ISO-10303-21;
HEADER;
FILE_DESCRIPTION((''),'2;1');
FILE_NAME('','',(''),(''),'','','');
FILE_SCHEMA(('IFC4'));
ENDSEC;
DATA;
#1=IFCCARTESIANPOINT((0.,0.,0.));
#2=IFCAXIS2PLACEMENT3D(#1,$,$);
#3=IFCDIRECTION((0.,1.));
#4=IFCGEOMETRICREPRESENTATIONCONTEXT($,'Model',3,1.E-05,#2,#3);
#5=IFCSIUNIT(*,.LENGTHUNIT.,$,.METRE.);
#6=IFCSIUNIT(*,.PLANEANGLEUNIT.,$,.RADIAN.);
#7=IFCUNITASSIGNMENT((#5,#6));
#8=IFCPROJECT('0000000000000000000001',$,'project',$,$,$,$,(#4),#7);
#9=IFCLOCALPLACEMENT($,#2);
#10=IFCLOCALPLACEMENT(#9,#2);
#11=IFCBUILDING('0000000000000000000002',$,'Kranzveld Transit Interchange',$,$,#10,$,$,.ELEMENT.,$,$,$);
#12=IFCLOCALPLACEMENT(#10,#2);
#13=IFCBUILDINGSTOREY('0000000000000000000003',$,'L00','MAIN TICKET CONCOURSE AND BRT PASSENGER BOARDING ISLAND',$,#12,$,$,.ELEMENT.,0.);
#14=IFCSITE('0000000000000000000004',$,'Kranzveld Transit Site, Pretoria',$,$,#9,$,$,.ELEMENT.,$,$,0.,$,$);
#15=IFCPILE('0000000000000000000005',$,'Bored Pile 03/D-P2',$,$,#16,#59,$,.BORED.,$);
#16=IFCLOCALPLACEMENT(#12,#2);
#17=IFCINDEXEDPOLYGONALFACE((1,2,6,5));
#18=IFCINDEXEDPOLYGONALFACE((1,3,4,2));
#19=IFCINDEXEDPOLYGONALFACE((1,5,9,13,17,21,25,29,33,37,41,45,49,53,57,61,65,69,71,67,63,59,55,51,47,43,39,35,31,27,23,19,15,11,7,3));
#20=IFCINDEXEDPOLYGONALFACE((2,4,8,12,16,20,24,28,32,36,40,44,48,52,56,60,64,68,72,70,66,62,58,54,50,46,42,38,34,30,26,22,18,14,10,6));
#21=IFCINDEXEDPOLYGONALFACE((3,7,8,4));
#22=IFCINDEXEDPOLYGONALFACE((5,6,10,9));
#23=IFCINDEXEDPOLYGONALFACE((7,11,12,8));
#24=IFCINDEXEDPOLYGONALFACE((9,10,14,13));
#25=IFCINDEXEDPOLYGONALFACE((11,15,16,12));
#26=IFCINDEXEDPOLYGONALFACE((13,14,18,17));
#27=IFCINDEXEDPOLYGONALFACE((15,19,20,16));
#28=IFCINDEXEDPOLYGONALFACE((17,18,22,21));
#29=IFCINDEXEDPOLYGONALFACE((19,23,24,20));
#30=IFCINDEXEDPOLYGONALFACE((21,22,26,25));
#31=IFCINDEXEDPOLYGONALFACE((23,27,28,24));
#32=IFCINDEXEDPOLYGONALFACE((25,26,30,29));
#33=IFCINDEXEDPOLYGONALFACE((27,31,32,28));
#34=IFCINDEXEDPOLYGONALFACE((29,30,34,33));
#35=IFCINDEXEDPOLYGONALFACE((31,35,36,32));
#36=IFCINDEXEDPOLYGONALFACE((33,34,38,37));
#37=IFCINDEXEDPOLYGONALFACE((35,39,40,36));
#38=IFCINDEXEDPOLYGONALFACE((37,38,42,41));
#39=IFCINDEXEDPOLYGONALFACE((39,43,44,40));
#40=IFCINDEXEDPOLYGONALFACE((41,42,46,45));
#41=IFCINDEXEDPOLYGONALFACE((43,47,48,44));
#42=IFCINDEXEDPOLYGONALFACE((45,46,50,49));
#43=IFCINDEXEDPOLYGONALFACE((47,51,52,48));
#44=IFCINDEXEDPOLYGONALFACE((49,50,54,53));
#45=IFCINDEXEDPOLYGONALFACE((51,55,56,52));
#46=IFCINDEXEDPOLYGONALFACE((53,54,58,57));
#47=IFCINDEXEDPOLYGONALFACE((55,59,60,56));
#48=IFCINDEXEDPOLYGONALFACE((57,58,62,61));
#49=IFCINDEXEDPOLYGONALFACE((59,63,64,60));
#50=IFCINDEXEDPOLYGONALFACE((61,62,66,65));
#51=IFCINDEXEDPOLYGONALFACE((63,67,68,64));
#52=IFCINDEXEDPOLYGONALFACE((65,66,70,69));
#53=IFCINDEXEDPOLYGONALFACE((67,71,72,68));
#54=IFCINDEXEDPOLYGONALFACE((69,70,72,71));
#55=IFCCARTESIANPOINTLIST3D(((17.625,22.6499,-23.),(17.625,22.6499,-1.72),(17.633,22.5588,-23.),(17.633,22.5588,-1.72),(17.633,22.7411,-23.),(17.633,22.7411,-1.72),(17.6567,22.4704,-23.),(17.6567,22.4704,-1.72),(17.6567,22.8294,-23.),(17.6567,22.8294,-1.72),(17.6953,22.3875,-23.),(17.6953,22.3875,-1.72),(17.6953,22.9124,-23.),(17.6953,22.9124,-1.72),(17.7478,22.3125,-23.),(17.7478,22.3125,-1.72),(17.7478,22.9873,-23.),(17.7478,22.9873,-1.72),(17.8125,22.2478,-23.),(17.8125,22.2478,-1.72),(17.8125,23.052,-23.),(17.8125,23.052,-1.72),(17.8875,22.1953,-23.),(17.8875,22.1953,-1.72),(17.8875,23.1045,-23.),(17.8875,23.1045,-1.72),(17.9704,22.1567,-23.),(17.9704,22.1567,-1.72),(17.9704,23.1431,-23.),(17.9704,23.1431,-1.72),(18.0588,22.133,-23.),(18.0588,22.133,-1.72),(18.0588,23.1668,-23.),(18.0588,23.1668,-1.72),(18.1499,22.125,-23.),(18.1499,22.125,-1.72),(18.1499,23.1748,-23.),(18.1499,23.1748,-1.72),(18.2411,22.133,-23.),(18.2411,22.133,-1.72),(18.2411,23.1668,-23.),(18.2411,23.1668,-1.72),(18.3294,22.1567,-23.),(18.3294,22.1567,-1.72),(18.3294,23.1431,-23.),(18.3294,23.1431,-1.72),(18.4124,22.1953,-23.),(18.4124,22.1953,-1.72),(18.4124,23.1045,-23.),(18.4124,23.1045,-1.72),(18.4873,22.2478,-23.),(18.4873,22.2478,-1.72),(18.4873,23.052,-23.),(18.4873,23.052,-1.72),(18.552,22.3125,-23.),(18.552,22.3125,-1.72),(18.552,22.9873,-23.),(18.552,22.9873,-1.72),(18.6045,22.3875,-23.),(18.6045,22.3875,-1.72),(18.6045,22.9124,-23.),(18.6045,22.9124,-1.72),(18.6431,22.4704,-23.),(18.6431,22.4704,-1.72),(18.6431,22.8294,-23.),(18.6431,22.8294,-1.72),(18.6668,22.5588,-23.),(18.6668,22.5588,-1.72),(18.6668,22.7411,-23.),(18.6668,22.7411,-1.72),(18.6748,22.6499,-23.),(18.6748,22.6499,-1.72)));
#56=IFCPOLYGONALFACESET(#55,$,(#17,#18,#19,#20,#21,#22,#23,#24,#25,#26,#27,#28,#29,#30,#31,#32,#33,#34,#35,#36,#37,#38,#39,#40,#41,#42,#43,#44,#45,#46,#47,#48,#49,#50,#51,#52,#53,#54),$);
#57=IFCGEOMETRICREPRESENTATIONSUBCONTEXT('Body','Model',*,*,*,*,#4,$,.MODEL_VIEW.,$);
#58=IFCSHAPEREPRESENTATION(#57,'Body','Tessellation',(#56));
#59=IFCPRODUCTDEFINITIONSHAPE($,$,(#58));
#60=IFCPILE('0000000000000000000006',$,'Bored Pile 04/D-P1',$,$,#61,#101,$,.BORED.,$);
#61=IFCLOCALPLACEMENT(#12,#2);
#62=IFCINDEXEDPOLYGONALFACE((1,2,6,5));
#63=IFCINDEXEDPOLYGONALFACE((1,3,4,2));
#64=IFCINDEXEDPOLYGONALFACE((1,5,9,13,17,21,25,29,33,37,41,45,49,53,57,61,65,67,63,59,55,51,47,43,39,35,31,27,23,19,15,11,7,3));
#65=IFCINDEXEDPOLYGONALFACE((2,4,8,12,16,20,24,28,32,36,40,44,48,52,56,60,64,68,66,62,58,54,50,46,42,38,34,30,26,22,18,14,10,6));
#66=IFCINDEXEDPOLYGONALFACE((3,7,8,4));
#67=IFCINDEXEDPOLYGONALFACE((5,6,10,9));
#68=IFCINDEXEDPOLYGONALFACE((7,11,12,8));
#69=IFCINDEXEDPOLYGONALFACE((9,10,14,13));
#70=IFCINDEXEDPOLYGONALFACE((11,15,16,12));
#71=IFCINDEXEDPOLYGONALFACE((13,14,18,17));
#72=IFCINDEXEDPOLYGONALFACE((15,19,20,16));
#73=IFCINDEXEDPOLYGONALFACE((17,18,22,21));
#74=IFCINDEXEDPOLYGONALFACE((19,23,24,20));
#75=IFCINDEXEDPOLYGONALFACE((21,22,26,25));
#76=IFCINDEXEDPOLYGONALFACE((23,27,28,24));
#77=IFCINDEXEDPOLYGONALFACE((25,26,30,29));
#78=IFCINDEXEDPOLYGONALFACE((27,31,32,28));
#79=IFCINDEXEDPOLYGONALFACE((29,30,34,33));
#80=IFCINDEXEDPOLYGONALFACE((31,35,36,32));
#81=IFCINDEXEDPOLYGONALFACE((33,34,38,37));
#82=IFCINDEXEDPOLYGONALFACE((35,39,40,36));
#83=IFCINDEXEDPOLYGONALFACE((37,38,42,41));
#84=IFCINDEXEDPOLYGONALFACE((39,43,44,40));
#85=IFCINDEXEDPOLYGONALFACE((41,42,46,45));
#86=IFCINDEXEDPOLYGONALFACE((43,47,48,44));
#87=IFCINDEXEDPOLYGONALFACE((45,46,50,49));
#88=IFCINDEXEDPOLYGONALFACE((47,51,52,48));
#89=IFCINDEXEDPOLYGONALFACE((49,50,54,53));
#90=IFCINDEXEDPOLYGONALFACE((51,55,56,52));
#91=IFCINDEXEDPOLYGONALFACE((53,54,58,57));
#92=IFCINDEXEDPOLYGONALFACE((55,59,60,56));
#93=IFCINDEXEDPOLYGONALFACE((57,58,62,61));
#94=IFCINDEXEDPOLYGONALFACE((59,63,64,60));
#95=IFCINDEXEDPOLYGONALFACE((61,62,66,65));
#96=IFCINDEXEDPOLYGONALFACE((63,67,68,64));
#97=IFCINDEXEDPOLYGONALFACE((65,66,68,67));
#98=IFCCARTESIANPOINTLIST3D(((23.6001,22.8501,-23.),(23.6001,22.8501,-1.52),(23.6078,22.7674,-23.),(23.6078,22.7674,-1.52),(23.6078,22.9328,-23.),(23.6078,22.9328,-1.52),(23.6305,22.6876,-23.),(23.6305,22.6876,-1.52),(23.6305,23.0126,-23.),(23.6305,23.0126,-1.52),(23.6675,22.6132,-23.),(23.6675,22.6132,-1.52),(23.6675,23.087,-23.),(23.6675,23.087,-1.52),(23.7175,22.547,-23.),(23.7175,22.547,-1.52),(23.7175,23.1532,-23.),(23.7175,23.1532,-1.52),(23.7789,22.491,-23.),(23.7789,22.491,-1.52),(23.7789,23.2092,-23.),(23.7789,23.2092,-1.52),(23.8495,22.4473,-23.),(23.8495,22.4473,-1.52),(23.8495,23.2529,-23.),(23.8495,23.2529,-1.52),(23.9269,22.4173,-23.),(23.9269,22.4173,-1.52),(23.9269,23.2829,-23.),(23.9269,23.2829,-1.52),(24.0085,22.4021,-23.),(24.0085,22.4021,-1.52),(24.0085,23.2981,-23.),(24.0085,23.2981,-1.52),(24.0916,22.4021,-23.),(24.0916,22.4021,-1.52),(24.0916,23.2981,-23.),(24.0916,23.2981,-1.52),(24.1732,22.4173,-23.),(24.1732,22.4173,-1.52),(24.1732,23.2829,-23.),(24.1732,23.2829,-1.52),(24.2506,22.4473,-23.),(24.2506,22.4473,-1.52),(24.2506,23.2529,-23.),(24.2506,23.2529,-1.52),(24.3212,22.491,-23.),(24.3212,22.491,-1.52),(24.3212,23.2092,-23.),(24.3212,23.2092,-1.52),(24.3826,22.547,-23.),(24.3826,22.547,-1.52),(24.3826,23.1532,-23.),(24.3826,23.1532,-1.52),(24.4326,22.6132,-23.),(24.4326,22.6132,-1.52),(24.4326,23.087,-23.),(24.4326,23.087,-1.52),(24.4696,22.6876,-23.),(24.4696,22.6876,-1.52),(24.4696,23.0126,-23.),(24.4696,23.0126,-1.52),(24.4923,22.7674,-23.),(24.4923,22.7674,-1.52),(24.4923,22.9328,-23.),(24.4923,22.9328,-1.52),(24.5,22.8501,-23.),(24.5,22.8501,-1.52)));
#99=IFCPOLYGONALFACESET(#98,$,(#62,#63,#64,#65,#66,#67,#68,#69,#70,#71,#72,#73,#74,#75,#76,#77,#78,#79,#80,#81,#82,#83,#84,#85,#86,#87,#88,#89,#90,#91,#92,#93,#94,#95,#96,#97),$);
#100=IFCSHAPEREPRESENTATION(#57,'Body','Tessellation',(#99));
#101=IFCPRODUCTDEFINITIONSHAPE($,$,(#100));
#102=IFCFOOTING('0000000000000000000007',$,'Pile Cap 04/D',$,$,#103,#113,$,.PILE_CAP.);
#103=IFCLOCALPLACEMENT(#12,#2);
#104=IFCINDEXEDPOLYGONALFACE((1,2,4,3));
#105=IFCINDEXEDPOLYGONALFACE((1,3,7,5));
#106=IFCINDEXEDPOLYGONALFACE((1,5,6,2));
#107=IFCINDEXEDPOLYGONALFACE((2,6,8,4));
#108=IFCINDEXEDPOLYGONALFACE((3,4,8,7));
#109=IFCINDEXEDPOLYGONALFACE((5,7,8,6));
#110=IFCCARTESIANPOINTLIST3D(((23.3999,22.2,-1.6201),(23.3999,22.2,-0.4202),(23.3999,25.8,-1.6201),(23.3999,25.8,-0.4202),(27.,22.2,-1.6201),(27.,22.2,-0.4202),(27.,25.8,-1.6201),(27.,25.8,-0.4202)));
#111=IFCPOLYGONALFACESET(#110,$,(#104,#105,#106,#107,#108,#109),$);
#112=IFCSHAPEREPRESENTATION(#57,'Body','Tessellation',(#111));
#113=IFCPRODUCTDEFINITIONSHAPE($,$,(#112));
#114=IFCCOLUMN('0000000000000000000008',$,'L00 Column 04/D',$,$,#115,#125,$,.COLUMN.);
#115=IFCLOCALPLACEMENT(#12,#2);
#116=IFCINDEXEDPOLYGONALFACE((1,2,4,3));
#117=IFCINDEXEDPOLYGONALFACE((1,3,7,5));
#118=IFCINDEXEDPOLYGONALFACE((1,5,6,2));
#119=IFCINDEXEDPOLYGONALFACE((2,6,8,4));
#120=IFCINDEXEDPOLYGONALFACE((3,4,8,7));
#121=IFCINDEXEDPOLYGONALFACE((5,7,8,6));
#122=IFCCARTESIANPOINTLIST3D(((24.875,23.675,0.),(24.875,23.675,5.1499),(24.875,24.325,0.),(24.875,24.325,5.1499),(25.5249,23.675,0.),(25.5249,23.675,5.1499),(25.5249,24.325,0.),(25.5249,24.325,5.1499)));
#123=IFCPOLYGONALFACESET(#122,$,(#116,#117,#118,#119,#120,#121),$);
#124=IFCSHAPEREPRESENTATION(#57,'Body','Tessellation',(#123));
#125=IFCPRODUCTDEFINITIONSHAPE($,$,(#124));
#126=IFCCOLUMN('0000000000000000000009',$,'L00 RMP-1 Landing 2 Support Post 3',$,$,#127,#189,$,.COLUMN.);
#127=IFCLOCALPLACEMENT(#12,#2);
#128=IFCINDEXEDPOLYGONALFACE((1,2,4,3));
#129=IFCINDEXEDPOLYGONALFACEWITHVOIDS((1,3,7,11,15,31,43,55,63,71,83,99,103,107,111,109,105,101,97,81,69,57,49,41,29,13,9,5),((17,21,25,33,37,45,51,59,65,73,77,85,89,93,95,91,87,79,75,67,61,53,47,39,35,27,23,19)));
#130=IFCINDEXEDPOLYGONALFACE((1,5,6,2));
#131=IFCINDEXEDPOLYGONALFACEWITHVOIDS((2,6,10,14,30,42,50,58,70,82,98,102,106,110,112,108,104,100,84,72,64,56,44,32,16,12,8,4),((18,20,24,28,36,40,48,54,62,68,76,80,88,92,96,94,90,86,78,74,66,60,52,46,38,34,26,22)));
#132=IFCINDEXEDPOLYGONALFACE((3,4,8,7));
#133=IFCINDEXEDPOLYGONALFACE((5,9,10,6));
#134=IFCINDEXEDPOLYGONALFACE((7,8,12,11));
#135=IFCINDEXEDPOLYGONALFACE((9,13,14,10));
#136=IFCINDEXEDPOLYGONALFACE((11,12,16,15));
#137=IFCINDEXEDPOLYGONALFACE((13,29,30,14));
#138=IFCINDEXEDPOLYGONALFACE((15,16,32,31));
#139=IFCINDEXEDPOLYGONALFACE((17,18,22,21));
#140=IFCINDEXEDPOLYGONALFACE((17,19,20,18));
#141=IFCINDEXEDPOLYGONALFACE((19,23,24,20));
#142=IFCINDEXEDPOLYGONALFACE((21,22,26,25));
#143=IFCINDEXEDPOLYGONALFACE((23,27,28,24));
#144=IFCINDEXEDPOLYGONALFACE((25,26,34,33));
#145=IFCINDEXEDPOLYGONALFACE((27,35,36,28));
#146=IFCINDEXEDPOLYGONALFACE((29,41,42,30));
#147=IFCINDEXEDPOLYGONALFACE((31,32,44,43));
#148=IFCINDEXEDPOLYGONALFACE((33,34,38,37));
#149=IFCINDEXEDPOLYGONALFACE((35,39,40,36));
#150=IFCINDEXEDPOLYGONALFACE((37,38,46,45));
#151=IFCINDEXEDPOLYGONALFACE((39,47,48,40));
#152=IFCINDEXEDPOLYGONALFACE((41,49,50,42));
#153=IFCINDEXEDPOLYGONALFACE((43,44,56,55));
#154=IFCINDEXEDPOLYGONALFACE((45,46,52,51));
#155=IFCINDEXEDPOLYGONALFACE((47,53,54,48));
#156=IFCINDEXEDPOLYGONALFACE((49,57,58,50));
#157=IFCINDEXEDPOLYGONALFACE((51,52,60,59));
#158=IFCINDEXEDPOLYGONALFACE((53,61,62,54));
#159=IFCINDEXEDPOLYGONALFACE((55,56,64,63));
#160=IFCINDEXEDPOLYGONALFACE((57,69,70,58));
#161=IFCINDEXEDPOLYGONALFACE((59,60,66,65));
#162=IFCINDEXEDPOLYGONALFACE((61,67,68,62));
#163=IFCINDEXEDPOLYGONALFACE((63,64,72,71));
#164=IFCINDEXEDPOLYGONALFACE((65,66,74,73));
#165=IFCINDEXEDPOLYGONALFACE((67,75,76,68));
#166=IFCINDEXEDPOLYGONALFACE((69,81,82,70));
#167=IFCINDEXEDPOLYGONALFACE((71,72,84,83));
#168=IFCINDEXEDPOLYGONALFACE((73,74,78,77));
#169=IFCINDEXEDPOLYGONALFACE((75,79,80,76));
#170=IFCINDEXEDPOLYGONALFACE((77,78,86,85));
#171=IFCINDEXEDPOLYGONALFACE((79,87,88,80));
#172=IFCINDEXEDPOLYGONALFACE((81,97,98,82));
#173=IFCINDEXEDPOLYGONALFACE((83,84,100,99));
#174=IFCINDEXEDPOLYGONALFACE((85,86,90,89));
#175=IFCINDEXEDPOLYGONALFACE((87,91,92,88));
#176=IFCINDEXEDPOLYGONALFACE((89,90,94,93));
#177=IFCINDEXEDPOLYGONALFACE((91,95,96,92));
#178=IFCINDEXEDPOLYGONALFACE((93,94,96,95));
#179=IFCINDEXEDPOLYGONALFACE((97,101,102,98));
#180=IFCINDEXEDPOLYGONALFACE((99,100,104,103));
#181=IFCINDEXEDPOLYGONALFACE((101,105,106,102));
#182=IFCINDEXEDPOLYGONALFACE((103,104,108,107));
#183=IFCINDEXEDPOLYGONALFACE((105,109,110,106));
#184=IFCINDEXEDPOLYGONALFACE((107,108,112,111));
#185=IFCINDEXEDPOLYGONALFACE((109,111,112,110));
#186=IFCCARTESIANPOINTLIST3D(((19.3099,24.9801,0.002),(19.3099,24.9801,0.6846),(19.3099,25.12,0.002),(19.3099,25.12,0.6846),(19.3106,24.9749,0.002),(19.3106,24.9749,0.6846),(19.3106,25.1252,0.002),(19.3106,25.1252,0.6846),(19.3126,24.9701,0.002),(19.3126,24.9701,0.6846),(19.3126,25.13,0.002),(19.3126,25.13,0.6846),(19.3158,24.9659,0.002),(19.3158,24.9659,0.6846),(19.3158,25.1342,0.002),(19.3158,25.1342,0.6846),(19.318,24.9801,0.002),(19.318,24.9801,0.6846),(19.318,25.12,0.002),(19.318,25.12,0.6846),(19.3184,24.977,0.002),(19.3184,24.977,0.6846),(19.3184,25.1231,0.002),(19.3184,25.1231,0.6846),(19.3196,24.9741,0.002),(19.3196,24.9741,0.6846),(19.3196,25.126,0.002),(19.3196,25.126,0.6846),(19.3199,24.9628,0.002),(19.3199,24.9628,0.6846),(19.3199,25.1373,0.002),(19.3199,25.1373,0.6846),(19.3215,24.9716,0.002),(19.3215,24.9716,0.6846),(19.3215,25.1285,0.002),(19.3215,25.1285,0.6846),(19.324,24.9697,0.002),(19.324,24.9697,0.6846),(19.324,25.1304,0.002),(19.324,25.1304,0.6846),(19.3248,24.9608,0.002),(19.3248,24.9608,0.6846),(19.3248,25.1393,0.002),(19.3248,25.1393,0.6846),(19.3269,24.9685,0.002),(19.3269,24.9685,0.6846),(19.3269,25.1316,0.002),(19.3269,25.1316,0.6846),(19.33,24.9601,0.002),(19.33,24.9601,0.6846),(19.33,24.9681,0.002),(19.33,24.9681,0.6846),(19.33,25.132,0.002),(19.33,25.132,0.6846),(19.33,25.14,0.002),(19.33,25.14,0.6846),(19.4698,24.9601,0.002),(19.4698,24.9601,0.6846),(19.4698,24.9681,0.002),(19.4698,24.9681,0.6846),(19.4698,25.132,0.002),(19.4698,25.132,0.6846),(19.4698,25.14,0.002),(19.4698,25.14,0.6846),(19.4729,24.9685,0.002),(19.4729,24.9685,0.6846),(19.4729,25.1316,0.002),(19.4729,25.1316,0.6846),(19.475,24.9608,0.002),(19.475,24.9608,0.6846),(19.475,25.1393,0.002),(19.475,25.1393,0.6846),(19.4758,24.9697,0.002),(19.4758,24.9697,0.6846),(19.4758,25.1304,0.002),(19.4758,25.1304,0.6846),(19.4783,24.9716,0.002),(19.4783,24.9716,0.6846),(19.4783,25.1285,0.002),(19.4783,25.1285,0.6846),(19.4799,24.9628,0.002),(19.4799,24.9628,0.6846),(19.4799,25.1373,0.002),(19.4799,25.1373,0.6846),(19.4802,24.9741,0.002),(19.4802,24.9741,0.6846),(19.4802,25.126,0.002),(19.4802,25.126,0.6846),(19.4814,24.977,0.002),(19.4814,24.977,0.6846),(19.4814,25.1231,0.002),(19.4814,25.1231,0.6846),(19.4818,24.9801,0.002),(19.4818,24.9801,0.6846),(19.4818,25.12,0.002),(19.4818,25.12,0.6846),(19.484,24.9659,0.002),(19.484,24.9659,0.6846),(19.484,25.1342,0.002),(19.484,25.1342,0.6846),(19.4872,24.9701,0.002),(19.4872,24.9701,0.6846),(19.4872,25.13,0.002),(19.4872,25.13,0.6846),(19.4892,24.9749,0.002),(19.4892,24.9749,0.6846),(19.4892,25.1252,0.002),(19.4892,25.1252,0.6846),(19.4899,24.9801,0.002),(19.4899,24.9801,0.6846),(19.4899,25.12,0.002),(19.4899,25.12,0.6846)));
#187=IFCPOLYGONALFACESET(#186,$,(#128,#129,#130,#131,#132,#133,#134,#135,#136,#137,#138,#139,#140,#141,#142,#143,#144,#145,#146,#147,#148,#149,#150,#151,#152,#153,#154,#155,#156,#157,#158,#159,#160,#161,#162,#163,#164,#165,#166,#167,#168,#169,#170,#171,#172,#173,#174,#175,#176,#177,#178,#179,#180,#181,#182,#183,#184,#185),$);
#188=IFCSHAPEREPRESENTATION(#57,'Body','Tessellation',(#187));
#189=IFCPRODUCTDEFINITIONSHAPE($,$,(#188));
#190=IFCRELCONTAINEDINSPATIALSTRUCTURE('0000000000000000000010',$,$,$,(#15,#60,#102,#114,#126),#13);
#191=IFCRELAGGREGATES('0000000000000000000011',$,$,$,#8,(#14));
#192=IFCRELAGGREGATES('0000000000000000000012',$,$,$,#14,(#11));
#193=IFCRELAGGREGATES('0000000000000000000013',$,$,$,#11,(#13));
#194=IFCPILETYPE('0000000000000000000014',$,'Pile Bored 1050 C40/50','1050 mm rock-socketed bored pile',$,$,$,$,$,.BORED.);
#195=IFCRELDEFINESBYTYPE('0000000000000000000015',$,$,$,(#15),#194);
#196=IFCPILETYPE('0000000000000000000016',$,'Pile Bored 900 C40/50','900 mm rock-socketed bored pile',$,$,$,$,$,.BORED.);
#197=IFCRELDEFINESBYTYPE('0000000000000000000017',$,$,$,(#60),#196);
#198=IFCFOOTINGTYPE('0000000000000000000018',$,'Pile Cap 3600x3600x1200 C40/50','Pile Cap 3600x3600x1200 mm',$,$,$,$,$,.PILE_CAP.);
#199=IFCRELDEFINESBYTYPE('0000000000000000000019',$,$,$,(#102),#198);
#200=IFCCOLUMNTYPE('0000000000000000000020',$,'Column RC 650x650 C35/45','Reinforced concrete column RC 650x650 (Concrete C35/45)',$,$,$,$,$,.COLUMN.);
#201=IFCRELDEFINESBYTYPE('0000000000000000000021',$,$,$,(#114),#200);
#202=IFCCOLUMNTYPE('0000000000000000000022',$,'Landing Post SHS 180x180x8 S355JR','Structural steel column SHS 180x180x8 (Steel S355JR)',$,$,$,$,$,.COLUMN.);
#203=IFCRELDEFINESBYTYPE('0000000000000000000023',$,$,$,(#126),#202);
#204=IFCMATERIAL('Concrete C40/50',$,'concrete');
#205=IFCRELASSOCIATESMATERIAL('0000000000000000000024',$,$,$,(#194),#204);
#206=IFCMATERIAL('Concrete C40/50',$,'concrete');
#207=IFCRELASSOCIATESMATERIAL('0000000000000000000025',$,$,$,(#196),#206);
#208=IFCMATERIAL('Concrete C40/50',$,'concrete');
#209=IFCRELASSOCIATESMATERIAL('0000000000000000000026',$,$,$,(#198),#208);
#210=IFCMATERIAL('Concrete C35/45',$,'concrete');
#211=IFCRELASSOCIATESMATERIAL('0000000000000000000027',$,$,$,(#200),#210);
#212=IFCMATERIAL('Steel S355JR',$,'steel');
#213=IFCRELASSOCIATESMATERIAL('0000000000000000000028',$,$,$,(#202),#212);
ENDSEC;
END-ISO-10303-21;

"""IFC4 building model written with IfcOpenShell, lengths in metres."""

from ifc_helpers import new_model, si_unit, direction, frame, origin, origin_2d, place, context, subcontext, project, spatial, rectangle, hollow_rectangle, circle, extrude, material, material_profile, profile_set, type_object, element, save


model = new_model("IFC4")

# Units and contexts
model_context = context("Model", 3, precision=1e-05, world=origin(), true_north=direction((0.0, 1.0)))
body_context = subcontext(model_context, "Body", "Model", "MODEL_VIEW")
ifc_project = project(units=[si_unit("LENGTHUNIT", "METRE"), si_unit("PLANEANGLEUNIT", "RADIAN")], contexts=[model_context])

# Site, building, storey
site_placement = place(None, origin())
site = spatial("IfcSite", under=ifc_project, at=site_placement, Name="Kranzveld Transit Site, Pretoria", CompositionType="ELEMENT", RefElevation=0.0)
building_placement = place(site_placement, origin())
building = spatial("IfcBuilding", under=site, at=building_placement, Name="Kranzveld Transit Interchange", CompositionType="ELEMENT")
storey_placement = place(building_placement, origin())
storey = spatial("IfcBuildingStorey", under=building, at=storey_placement, Name="L00", Description="MAIN TICKET CONCOURSE AND BRT PASSENGER BOARDING ISLAND", CompositionType="ELEMENT", Elevation=0.0)

# Piles
ifc_material_1 = material(Name="Concrete C40/50", Category="concrete")
ifc_material_profile_1 = material_profile(ifc_material_1, circle(Radius=0.5249, at=origin_2d()), Name="BORED PILE 1050")
ifc_profile_set_1 = profile_set([ifc_material_profile_1], Name="Concrete C40/50")
pile_type_1 = type_object("IfcPileType", Name="Pile Bored 1050 C40/50", Description="1050 mm rock-socketed bored pile", PredefinedType="BORED", material=ifc_profile_set_1)
pile_1_placement = place(storey_placement, frame((18.1499, 22.6499, -1.72), z_axis=(0.0, 0.0, -1.0), x_axis=(1.0, 0.0, 0.0)))
element("IfcPile", 1, at=pile_1_placement, inside=storey, type_object=pile_type_1, Name="Bored Pile 03/D-P2", PredefinedType="BORED", context=body_context, shape_type="SweptSolid", body=[
    extrude(circle(Radius=0.5249, at=origin_2d()), origin(), (0.0, 0.0, 1.0), 21.28),
])
ifc_material_2 = material(Name="Concrete C40/50", Category="concrete")
ifc_material_profile_2 = material_profile(ifc_material_2, circle(Radius=0.45, at=origin_2d()), Name="BORED PILE 900")
ifc_profile_set_2 = profile_set([ifc_material_profile_2], Name="Concrete C40/50")
pile_type_2 = type_object("IfcPileType", Name="Pile Bored 900 C40/50", Description="900 mm rock-socketed bored pile", PredefinedType="BORED", material=ifc_profile_set_2)
pile_2_placement = place(storey_placement, frame((24.05, 22.8501, -1.52), z_axis=(0.0, 0.0, -1.0), x_axis=(1.0, 0.0, 0.0)))
element("IfcPile", 2, at=pile_2_placement, inside=storey, type_object=pile_type_2, Name="Bored Pile 04/D-P1", PredefinedType="BORED", context=body_context, shape_type="SweptSolid", body=[
    extrude(circle(Radius=0.45, at=origin_2d()), origin(), (0.0, 0.0, 1.0), 21.48),
])

# Footing
ifc_material_3 = material(Name="Concrete C40/50", Category="concrete")
footing_type = type_object("IfcFootingType", Name="Pile Cap 3600x3600x1200 C40/50", Description="Pile Cap 3600x3600x1200 mm", PredefinedType="PILE_CAP", material=ifc_material_3)
footing_placement = place(storey_placement, frame((25.2, 24.0, -1.6201), z_axis=(0.0, 0.0, 1.0), x_axis=(1.0, 0.0, 0.0)))
element("IfcFooting", 3, at=footing_placement, inside=storey, type_object=footing_type, Name="Pile Cap 04/D", PredefinedType="PILE_CAP", context=body_context, shape_type="SweptSolid", body=[
    extrude(rectangle(XDim=3.6001, YDim=3.6001, at=origin_2d()), origin(), (0.0, 0.0, 1.0), 1.2),
])

# Columns
ifc_material_4 = material(Name="Concrete C35/45", Category="concrete")
ifc_material_profile_3 = material_profile(ifc_material_4, rectangle(XDim=0.6499, YDim=0.6499, at=origin_2d()), Name="RC 650x650")
ifc_profile_set_3 = profile_set([ifc_material_profile_3], Name="Concrete C35/45")
column_type_1 = type_object("IfcColumnType", Name="Column RC 650x650 C35/45", Description="Reinforced concrete column RC 650x650 (Concrete C35/45)", PredefinedType="COLUMN", material=ifc_profile_set_3)
column_1_placement = place(storey_placement, frame((25.2, 24.0, 0.0), z_axis=(0.0, 0.0, 1.0), x_axis=(1.0, 0.0, 0.0)))
element("IfcColumn", 4, at=column_1_placement, inside=storey, type_object=column_type_1, Name="L00 Column 04/D", PredefinedType="COLUMN", context=body_context, shape_type="SweptSolid", body=[
    extrude(rectangle(XDim=0.6499, YDim=0.6499, at=origin_2d()), origin(), (0.0, 0.0, 1.0), 5.1499),
])
ifc_material_5 = material(Name="Steel S355JR", Category="steel")
ifc_material_profile_4 = material_profile(ifc_material_5, hollow_rectangle(XDim=0.1799, YDim=0.1799, WallThickness=0.0081, InnerFilletRadius=0.012, OuterFilletRadius=0.02, at=origin_2d()), Name="SHS 180x180x8")
ifc_profile_set_4 = profile_set([ifc_material_profile_4], Name="Steel S355JR")
column_type_2 = type_object("IfcColumnType", Name="Landing Post SHS 180x180x8 S355JR", Description="Structural steel column SHS 180x180x8 (Steel S355JR)", PredefinedType="COLUMN", material=ifc_profile_set_4)
for number, where, z_axis, x_axis, name in (
    (5, (19.3999, 25.05, 0.002), (0.0, 0.0, 1.0), (1.0, 0.0, 0.0), "L00 RMP-1 Landing 2 Support Post 3"),
):
    element("IfcColumn", number, at=place(storey_placement, frame(where, z_axis=z_axis, x_axis=x_axis)), inside=storey, type_object=column_type_2, Name=name, PredefinedType="COLUMN", context=body_context, shape_type="SweptSolid", body=[
        extrude(hollow_rectangle(XDim=0.1799, YDim=0.1799, WallThickness=0.0081, InnerFilletRadius=0.012, OuterFilletRadius=0.02, at=origin_2d()), origin(), (0.0, 0.0, 1.0), 0.6826),
    ])

save(model, "model.ifc")
